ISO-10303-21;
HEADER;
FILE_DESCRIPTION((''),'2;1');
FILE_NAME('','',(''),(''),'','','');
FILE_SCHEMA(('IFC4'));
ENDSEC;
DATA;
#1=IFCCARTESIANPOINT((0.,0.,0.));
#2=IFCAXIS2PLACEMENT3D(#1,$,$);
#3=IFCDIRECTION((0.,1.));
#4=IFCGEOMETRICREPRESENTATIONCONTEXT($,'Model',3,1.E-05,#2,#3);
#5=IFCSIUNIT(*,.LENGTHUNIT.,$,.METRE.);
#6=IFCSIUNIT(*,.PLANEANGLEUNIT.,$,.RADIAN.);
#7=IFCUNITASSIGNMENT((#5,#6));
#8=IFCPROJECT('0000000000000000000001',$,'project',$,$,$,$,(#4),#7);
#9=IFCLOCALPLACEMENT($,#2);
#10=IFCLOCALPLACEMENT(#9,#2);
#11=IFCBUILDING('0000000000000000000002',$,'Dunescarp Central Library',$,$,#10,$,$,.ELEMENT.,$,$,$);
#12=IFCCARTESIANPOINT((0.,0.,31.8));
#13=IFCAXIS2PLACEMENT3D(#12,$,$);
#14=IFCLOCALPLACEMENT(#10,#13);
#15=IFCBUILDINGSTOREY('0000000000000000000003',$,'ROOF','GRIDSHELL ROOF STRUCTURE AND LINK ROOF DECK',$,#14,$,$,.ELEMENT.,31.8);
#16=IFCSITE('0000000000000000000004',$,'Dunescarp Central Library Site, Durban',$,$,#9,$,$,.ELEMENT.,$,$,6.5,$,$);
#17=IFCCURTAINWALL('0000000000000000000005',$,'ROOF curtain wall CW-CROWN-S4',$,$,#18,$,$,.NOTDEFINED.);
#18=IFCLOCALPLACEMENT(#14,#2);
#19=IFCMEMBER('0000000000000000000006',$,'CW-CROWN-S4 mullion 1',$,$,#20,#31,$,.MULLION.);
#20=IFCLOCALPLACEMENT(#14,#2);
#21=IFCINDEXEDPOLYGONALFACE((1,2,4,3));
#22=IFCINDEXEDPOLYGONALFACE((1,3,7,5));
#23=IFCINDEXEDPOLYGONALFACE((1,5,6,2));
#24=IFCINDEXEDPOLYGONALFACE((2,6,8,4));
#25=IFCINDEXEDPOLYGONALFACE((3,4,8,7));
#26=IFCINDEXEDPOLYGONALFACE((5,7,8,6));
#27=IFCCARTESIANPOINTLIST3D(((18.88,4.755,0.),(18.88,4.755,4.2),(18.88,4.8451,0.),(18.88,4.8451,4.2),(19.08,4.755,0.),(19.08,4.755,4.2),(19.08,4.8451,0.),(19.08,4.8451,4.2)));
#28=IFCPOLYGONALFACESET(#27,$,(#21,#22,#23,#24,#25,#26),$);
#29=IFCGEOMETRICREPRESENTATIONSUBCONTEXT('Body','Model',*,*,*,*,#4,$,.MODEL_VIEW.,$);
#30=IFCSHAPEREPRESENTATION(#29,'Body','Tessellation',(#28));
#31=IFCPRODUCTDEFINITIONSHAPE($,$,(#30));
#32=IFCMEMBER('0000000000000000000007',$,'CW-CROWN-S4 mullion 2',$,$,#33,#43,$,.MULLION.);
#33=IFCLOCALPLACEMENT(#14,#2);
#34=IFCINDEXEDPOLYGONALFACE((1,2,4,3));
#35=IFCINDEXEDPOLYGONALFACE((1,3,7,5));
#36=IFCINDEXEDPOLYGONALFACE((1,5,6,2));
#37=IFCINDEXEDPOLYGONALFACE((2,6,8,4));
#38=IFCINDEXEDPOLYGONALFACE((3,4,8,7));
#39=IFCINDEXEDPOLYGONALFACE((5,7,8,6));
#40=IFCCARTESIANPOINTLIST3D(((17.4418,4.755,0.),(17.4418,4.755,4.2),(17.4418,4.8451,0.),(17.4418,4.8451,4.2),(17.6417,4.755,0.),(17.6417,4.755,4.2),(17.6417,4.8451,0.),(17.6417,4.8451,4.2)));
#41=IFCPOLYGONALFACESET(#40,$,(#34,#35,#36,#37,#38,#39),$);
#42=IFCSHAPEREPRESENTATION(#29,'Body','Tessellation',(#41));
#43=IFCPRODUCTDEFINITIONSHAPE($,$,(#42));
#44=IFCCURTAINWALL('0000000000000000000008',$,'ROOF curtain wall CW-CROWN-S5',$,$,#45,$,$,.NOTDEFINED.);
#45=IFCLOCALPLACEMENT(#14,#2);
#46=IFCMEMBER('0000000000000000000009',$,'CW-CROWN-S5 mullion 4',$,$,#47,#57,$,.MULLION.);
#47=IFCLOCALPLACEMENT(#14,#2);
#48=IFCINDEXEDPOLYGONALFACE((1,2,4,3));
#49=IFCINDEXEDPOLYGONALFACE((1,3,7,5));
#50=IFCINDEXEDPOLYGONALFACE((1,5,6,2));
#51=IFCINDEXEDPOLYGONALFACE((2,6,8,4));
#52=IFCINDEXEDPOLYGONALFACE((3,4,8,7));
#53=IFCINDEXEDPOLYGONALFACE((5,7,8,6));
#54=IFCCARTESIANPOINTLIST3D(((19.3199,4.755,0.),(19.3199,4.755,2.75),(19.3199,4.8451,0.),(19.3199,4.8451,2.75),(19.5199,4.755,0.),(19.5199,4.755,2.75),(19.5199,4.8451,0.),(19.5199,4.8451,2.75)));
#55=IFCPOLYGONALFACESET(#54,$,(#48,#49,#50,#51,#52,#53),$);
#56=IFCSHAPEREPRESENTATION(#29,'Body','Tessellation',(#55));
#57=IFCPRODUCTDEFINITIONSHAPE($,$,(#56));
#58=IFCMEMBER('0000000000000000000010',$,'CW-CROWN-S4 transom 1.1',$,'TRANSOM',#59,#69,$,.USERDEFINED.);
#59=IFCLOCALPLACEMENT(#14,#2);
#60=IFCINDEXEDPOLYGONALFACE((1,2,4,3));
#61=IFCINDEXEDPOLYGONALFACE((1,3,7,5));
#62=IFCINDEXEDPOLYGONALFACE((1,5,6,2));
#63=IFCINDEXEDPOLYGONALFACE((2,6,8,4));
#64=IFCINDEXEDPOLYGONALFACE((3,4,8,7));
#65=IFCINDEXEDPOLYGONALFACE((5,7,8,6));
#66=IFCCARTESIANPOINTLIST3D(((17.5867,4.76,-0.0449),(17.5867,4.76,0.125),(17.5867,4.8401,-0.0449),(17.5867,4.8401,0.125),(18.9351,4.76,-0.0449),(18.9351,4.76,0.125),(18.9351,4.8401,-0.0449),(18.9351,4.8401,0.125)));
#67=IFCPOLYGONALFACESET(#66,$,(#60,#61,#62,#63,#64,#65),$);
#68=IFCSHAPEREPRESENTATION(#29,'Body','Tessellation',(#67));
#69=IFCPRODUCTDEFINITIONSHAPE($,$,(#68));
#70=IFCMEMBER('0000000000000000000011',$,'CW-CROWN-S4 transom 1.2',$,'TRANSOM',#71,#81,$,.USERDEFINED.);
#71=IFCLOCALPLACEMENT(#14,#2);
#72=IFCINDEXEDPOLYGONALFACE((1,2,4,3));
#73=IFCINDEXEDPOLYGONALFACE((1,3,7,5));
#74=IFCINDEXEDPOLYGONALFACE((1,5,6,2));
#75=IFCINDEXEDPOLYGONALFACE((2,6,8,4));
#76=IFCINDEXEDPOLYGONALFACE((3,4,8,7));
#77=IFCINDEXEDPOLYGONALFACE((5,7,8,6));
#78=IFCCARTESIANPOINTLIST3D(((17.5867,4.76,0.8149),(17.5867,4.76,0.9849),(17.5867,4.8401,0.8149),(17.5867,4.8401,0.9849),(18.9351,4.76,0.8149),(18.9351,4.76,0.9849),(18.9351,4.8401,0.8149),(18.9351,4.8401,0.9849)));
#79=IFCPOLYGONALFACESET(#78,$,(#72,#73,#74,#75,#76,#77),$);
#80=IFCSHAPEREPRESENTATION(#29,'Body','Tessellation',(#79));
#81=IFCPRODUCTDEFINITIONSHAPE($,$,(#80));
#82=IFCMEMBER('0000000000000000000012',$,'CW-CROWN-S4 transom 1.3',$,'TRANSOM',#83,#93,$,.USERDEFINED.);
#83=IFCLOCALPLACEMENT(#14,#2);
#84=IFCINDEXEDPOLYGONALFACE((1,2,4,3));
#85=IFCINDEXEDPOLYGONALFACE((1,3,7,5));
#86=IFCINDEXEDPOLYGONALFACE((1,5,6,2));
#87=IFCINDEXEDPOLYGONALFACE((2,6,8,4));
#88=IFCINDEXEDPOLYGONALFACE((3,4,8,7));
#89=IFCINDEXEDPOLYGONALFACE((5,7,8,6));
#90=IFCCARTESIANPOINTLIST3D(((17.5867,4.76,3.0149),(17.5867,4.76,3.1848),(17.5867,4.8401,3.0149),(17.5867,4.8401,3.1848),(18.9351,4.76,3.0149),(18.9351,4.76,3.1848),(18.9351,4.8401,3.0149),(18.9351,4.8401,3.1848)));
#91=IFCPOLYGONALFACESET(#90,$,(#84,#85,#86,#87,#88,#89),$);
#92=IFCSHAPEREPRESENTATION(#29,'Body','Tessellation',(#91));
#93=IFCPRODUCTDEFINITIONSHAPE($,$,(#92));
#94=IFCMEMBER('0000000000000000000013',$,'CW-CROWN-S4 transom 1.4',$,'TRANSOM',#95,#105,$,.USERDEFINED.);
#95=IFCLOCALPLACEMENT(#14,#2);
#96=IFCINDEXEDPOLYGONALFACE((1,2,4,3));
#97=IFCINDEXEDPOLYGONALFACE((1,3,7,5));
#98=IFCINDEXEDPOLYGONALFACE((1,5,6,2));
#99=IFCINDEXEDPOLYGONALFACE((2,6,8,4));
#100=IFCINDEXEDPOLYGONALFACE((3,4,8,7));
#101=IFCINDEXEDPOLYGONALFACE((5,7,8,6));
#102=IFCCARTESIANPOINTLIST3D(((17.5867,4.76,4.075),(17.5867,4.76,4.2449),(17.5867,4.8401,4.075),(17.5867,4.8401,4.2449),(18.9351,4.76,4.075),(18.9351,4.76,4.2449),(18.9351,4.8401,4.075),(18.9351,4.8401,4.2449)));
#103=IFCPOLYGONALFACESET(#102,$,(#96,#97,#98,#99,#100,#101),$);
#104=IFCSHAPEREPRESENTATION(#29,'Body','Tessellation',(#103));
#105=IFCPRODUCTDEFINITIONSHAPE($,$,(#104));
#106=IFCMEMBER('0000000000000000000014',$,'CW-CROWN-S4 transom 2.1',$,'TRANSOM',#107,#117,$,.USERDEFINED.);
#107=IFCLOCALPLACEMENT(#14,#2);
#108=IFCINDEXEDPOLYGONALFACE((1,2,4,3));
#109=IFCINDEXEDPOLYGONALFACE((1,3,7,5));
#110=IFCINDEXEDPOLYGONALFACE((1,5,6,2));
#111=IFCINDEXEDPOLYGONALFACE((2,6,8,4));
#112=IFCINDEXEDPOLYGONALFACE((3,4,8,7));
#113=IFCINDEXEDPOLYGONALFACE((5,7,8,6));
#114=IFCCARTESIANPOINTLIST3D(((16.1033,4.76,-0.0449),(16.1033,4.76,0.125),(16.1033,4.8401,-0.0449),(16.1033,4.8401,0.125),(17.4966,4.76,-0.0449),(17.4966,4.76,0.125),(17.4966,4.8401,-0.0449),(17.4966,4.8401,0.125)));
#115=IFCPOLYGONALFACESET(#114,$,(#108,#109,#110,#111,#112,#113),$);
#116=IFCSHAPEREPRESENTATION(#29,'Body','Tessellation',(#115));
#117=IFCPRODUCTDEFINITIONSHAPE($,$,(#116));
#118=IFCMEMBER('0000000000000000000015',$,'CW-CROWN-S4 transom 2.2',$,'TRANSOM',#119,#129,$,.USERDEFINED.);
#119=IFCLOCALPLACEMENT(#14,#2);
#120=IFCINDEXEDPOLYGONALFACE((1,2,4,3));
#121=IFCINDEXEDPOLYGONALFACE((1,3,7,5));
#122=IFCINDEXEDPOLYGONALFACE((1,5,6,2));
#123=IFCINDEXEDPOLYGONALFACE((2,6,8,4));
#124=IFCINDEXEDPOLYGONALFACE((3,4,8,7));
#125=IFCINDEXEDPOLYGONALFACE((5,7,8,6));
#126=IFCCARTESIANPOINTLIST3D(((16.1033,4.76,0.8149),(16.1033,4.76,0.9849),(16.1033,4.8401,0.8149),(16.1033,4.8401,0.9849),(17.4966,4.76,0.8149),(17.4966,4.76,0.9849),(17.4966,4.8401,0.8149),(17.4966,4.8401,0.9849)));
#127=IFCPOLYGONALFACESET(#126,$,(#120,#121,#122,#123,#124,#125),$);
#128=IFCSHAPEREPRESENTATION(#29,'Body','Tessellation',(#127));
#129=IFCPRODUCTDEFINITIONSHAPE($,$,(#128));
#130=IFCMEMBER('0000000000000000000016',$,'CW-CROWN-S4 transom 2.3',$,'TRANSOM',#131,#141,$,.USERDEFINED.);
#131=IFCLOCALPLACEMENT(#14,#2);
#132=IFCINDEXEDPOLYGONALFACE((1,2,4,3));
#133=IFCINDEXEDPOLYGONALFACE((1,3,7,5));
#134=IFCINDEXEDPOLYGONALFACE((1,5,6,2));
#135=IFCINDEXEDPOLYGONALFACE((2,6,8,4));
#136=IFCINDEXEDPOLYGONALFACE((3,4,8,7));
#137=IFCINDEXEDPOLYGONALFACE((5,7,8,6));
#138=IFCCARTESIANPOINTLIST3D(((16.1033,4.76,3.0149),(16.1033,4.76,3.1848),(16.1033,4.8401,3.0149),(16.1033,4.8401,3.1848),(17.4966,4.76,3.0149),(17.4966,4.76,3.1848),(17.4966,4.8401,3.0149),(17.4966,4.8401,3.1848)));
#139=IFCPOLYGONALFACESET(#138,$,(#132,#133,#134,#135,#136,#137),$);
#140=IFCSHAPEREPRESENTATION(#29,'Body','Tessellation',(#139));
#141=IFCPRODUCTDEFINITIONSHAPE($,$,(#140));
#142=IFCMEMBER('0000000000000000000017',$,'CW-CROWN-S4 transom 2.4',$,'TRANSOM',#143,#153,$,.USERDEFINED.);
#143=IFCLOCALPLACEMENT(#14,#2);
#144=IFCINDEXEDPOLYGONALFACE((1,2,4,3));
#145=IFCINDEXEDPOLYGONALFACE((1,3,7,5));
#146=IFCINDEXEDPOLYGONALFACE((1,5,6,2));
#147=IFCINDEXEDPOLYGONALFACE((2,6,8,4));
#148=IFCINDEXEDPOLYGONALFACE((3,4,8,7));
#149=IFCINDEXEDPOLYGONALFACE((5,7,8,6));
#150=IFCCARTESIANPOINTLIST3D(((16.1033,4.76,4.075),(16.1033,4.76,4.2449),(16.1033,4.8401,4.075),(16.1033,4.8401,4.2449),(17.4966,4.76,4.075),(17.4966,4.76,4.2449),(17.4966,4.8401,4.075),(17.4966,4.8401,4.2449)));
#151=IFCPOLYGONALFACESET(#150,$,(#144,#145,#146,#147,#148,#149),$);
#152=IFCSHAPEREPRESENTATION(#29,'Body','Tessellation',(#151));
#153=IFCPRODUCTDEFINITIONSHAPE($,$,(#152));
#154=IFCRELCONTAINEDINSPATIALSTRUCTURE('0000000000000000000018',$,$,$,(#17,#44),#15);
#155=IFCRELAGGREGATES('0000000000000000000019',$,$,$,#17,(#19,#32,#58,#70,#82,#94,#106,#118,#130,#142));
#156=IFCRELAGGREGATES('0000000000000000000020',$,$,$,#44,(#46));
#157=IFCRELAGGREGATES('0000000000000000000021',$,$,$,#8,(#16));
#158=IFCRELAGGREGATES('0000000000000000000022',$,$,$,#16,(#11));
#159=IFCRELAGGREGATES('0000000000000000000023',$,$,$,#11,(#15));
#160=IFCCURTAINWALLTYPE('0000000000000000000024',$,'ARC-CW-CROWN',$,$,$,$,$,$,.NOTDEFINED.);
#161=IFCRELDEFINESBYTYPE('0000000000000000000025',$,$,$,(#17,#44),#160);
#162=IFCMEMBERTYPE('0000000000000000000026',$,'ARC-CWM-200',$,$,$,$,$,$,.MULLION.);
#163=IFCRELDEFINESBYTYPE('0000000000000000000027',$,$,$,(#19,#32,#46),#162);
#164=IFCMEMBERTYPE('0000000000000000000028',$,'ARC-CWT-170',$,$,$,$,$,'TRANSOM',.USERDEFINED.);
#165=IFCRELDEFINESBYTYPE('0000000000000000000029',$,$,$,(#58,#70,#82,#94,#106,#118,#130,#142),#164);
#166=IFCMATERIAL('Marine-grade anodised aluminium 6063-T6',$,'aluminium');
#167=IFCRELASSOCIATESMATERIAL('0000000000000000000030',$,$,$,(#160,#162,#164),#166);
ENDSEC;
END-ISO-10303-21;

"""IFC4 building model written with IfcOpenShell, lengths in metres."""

from ifc_helpers import new_model, si_unit, direction, frame, origin, origin_2d, place, context, subcontext, project, spatial, rectangle, extrude, material, material_profile, profile_set, type_object, element, aggregate, save


model = new_model("IFC4")

# Units and contexts
model_context = context("Model", 3, precision=1e-05, world=origin(), true_north=direction((0.0, 1.0)))
body_context = subcontext(model_context, "Body", "Model", "MODEL_VIEW")
ifc_project = project(units=[si_unit("LENGTHUNIT", "METRE"), si_unit("PLANEANGLEUNIT", "RADIAN")], contexts=[model_context])

# Site, building, storey
site_placement = place(None, origin())
site = spatial("IfcSite", under=ifc_project, at=site_placement, Name="Dunescarp Central Library Site, Durban", CompositionType="ELEMENT", RefElevation=6.5)
building_placement = place(site_placement, origin())
building = spatial("IfcBuilding", under=site, at=building_placement, Name="Dunescarp Central Library", CompositionType="ELEMENT")
storey_placement = place(building_placement, frame((0.0, 0.0, 31.8)))
storey = spatial("IfcBuildingStorey", under=building, at=storey_placement, Name="ROOF", Description="GRIDSHELL ROOF STRUCTURE AND LINK ROOF DECK", CompositionType="ELEMENT", Elevation=31.8)

# Curtain wall, members
ifc_material_1 = material(Name="Marine-grade anodised aluminium 6063-T6", Category="aluminium")
curtain_wall_type = type_object("IfcCurtainWallType", Name="ARC-CW-CROWN", PredefinedType="NOTDEFINED", material=ifc_material_1)
curtain_wall_1_placement = place(storey_placement, origin())
curtain_wall_1 = element("IfcCurtainWall", 1, at=curtain_wall_1_placement, inside=storey, type_object=curtain_wall_type, Name="ROOF curtain wall CW-CROWN-S4", PredefinedType="NOTDEFINED")
ifc_material_profile_1 = material_profile(ifc_material_1, rectangle(XDim=0.0901, YDim=0.2, at=origin_2d()), Name="AL 90x200")
ifc_profile_set_1 = profile_set([ifc_material_profile_1], Name="Marine-grade anodised aluminium 6063-T6")
member_type_1 = type_object("IfcMemberType", Name="ARC-CWM-200", PredefinedType="MULLION", material=ifc_profile_set_1)
member_1_placement = place(storey_placement, frame((18.98, 4.8, 0.0), z_axis=(0.0, 0.0, 1.0), x_axis=(0.0, -1.0, 0.0)))
member_1 = element("IfcMember", 2, at=member_1_placement, type_object=member_type_1, Name="CW-CROWN-S4 mullion 1", PredefinedType="MULLION", context=body_context, shape_type="SweptSolid", body=[
    extrude(rectangle(XDim=0.0901, YDim=0.2, at=origin_2d()), origin(), (0.0, 0.0, 1.0), 4.2),
])
member_2_placement = place(storey_placement, frame((17.5417, 4.8, 0.0), z_axis=(0.0, 0.0, 1.0), x_axis=(0.0, -1.0, 0.0)))
member_2 = element("IfcMember", 3, at=member_2_placement, type_object=member_type_1, Name="CW-CROWN-S4 mullion 2", PredefinedType="MULLION", context=body_context, shape_type="SweptSolid", body=[
    extrude(rectangle(XDim=0.0901, YDim=0.2, at=origin_2d()), origin(), (0.0, 0.0, 1.0), 4.2),
])

# Curtain wall, member
curtain_wall_2_placement = place(storey_placement, origin())
curtain_wall_2 = element("IfcCurtainWall", 4, at=curtain_wall_2_placement, inside=storey, type_object=curtain_wall_type, Name="ROOF curtain wall CW-CROWN-S5", PredefinedType="NOTDEFINED")
member_3_placement = place(storey_placement, frame((19.4199, 4.8, 0.0), z_axis=(0.0, 0.0, 1.0), x_axis=(0.0, -1.0, 0.0)))
member_3 = element("IfcMember", 5, at=member_3_placement, type_object=member_type_1, Name="CW-CROWN-S5 mullion 4", PredefinedType="MULLION", context=body_context, shape_type="SweptSolid", body=[
    extrude(rectangle(XDim=0.0901, YDim=0.2, at=origin_2d()), origin(), (0.0, 0.0, 1.0), 2.75),
])

# Members
ifc_material_profile_2 = material_profile(ifc_material_1, rectangle(XDim=0.0801, YDim=0.1699, at=origin_2d()), Name="AL 80x170")
ifc_profile_set_2 = profile_set([ifc_material_profile_2], Name="Marine-grade anodised aluminium 6063-T6")
member_type_2 = type_object("IfcMemberType", Name="ARC-CWT-170", ElementType="TRANSOM", PredefinedType="USERDEFINED", material=ifc_profile_set_2)
member_4_placement = place(storey_placement, frame((18.9351, 4.8, 0.04), z_axis=(-1.0, 0.0, 0.0), x_axis=(0.0, -1.0, 0.0)))
member_4 = element("IfcMember", 6, at=member_4_placement, type_object=member_type_2, Name="CW-CROWN-S4 transom 1.1", ObjectType="TRANSOM", PredefinedType="USERDEFINED", context=body_context, shape_type="SweptSolid", body=[
    extrude(rectangle(XDim=0.0801, YDim=0.1699, at=origin_2d()), origin(), (0.0, 0.0, 1.0), 1.3484),
])
member_5_placement = place(storey_placement, frame((18.9351, 4.8, 0.8999), z_axis=(-1.0, 0.0, 0.0), x_axis=(0.0, -1.0, 0.0)))
member_5 = element("IfcMember", 7, at=member_5_placement, type_object=member_type_2, Name="CW-CROWN-S4 transom 1.2", ObjectType="TRANSOM", PredefinedType="USERDEFINED", context=body_context, shape_type="SweptSolid", body=[
    extrude(rectangle(XDim=0.0801, YDim=0.1699, at=origin_2d()), origin(), (0.0, 0.0, 1.0), 1.3484),
])
member_6_placement = place(storey_placement, frame((18.9351, 4.8, 3.0999), z_axis=(-1.0, 0.0, 0.0), x_axis=(0.0, -1.0, 0.0)))
member_6 = element("IfcMember", 8, at=member_6_placement, type_object=member_type_2, Name="CW-CROWN-S4 transom 1.3", ObjectType="TRANSOM", PredefinedType="USERDEFINED", context=body_context, shape_type="SweptSolid", body=[
    extrude(rectangle(XDim=0.0801, YDim=0.1699, at=origin_2d()), origin(), (0.0, 0.0, 1.0), 1.3484),
])
member_7_placement = place(storey_placement, frame((18.9351, 4.8, 4.1599), z_axis=(-1.0, 0.0, 0.0), x_axis=(0.0, -1.0, 0.0)))
member_7 = element("IfcMember", 9, at=member_7_placement, type_object=member_type_2, Name="CW-CROWN-S4 transom 1.4", ObjectType="TRANSOM", PredefinedType="USERDEFINED", context=body_context, shape_type="SweptSolid", body=[
    extrude(rectangle(XDim=0.0801, YDim=0.1699, at=origin_2d()), origin(), (0.0, 0.0, 1.0), 1.3484),
])
member_8_placement = place(storey_placement, frame((17.4966, 4.8, 0.04), z_axis=(-1.0, 0.0, 0.0), x_axis=(0.0, -1.0, 0.0)))
member_8 = element("IfcMember", 10, at=member_8_placement, type_object=member_type_2, Name="CW-CROWN-S4 transom 2.1", ObjectType="TRANSOM", PredefinedType="USERDEFINED", context=body_context, shape_type="SweptSolid", body=[
    extrude(rectangle(XDim=0.0801, YDim=0.1699, at=origin_2d()), origin(), (0.0, 0.0, 1.0), 1.3933),
])
member_9_placement = place(storey_placement, frame((17.4966, 4.8, 0.8999), z_axis=(-1.0, 0.0, 0.0), x_axis=(0.0, -1.0, 0.0)))
member_9 = element("IfcMember", 11, at=member_9_placement, type_object=member_type_2, Name="CW-CROWN-S4 transom 2.2", ObjectType="TRANSOM", PredefinedType="USERDEFINED", context=body_context, shape_type="SweptSolid", body=[
    extrude(rectangle(XDim=0.0801, YDim=0.1699, at=origin_2d()), origin(), (0.0, 0.0, 1.0), 1.3933),
])
member_10_placement = place(storey_placement, frame((17.4966, 4.8, 3.0999), z_axis=(-1.0, 0.0, 0.0), x_axis=(0.0, -1.0, 0.0)))
member_10 = element("IfcMember", 12, at=member_10_placement, type_object=member_type_2, Name="CW-CROWN-S4 transom 2.3", ObjectType="TRANSOM", PredefinedType="USERDEFINED", context=body_context, shape_type="SweptSolid", body=[
    extrude(rectangle(XDim=0.0801, YDim=0.1699, at=origin_2d()), origin(), (0.0, 0.0, 1.0), 1.3933),
])
member_11_placement = place(storey_placement, frame((17.4966, 4.8, 4.1599), z_axis=(-1.0, 0.0, 0.0), x_axis=(0.0, -1.0, 0.0)))
member_11 = element("IfcMember", 13, at=member_11_placement, type_object=member_type_2, Name="CW-CROWN-S4 transom 2.4", ObjectType="TRANSOM", PredefinedType="USERDEFINED", context=body_context, shape_type="SweptSolid", body=[
    extrude(rectangle(XDim=0.0801, YDim=0.1699, at=origin_2d()), origin(), (0.0, 0.0, 1.0), 1.3933),
])

aggregate(curtain_wall_1, [member_1, member_2, member_4, member_5, member_6, member_7, member_8, member_9, member_10, member_11])
aggregate(curtain_wall_2, [member_3])

save(model, "model.ifc")
